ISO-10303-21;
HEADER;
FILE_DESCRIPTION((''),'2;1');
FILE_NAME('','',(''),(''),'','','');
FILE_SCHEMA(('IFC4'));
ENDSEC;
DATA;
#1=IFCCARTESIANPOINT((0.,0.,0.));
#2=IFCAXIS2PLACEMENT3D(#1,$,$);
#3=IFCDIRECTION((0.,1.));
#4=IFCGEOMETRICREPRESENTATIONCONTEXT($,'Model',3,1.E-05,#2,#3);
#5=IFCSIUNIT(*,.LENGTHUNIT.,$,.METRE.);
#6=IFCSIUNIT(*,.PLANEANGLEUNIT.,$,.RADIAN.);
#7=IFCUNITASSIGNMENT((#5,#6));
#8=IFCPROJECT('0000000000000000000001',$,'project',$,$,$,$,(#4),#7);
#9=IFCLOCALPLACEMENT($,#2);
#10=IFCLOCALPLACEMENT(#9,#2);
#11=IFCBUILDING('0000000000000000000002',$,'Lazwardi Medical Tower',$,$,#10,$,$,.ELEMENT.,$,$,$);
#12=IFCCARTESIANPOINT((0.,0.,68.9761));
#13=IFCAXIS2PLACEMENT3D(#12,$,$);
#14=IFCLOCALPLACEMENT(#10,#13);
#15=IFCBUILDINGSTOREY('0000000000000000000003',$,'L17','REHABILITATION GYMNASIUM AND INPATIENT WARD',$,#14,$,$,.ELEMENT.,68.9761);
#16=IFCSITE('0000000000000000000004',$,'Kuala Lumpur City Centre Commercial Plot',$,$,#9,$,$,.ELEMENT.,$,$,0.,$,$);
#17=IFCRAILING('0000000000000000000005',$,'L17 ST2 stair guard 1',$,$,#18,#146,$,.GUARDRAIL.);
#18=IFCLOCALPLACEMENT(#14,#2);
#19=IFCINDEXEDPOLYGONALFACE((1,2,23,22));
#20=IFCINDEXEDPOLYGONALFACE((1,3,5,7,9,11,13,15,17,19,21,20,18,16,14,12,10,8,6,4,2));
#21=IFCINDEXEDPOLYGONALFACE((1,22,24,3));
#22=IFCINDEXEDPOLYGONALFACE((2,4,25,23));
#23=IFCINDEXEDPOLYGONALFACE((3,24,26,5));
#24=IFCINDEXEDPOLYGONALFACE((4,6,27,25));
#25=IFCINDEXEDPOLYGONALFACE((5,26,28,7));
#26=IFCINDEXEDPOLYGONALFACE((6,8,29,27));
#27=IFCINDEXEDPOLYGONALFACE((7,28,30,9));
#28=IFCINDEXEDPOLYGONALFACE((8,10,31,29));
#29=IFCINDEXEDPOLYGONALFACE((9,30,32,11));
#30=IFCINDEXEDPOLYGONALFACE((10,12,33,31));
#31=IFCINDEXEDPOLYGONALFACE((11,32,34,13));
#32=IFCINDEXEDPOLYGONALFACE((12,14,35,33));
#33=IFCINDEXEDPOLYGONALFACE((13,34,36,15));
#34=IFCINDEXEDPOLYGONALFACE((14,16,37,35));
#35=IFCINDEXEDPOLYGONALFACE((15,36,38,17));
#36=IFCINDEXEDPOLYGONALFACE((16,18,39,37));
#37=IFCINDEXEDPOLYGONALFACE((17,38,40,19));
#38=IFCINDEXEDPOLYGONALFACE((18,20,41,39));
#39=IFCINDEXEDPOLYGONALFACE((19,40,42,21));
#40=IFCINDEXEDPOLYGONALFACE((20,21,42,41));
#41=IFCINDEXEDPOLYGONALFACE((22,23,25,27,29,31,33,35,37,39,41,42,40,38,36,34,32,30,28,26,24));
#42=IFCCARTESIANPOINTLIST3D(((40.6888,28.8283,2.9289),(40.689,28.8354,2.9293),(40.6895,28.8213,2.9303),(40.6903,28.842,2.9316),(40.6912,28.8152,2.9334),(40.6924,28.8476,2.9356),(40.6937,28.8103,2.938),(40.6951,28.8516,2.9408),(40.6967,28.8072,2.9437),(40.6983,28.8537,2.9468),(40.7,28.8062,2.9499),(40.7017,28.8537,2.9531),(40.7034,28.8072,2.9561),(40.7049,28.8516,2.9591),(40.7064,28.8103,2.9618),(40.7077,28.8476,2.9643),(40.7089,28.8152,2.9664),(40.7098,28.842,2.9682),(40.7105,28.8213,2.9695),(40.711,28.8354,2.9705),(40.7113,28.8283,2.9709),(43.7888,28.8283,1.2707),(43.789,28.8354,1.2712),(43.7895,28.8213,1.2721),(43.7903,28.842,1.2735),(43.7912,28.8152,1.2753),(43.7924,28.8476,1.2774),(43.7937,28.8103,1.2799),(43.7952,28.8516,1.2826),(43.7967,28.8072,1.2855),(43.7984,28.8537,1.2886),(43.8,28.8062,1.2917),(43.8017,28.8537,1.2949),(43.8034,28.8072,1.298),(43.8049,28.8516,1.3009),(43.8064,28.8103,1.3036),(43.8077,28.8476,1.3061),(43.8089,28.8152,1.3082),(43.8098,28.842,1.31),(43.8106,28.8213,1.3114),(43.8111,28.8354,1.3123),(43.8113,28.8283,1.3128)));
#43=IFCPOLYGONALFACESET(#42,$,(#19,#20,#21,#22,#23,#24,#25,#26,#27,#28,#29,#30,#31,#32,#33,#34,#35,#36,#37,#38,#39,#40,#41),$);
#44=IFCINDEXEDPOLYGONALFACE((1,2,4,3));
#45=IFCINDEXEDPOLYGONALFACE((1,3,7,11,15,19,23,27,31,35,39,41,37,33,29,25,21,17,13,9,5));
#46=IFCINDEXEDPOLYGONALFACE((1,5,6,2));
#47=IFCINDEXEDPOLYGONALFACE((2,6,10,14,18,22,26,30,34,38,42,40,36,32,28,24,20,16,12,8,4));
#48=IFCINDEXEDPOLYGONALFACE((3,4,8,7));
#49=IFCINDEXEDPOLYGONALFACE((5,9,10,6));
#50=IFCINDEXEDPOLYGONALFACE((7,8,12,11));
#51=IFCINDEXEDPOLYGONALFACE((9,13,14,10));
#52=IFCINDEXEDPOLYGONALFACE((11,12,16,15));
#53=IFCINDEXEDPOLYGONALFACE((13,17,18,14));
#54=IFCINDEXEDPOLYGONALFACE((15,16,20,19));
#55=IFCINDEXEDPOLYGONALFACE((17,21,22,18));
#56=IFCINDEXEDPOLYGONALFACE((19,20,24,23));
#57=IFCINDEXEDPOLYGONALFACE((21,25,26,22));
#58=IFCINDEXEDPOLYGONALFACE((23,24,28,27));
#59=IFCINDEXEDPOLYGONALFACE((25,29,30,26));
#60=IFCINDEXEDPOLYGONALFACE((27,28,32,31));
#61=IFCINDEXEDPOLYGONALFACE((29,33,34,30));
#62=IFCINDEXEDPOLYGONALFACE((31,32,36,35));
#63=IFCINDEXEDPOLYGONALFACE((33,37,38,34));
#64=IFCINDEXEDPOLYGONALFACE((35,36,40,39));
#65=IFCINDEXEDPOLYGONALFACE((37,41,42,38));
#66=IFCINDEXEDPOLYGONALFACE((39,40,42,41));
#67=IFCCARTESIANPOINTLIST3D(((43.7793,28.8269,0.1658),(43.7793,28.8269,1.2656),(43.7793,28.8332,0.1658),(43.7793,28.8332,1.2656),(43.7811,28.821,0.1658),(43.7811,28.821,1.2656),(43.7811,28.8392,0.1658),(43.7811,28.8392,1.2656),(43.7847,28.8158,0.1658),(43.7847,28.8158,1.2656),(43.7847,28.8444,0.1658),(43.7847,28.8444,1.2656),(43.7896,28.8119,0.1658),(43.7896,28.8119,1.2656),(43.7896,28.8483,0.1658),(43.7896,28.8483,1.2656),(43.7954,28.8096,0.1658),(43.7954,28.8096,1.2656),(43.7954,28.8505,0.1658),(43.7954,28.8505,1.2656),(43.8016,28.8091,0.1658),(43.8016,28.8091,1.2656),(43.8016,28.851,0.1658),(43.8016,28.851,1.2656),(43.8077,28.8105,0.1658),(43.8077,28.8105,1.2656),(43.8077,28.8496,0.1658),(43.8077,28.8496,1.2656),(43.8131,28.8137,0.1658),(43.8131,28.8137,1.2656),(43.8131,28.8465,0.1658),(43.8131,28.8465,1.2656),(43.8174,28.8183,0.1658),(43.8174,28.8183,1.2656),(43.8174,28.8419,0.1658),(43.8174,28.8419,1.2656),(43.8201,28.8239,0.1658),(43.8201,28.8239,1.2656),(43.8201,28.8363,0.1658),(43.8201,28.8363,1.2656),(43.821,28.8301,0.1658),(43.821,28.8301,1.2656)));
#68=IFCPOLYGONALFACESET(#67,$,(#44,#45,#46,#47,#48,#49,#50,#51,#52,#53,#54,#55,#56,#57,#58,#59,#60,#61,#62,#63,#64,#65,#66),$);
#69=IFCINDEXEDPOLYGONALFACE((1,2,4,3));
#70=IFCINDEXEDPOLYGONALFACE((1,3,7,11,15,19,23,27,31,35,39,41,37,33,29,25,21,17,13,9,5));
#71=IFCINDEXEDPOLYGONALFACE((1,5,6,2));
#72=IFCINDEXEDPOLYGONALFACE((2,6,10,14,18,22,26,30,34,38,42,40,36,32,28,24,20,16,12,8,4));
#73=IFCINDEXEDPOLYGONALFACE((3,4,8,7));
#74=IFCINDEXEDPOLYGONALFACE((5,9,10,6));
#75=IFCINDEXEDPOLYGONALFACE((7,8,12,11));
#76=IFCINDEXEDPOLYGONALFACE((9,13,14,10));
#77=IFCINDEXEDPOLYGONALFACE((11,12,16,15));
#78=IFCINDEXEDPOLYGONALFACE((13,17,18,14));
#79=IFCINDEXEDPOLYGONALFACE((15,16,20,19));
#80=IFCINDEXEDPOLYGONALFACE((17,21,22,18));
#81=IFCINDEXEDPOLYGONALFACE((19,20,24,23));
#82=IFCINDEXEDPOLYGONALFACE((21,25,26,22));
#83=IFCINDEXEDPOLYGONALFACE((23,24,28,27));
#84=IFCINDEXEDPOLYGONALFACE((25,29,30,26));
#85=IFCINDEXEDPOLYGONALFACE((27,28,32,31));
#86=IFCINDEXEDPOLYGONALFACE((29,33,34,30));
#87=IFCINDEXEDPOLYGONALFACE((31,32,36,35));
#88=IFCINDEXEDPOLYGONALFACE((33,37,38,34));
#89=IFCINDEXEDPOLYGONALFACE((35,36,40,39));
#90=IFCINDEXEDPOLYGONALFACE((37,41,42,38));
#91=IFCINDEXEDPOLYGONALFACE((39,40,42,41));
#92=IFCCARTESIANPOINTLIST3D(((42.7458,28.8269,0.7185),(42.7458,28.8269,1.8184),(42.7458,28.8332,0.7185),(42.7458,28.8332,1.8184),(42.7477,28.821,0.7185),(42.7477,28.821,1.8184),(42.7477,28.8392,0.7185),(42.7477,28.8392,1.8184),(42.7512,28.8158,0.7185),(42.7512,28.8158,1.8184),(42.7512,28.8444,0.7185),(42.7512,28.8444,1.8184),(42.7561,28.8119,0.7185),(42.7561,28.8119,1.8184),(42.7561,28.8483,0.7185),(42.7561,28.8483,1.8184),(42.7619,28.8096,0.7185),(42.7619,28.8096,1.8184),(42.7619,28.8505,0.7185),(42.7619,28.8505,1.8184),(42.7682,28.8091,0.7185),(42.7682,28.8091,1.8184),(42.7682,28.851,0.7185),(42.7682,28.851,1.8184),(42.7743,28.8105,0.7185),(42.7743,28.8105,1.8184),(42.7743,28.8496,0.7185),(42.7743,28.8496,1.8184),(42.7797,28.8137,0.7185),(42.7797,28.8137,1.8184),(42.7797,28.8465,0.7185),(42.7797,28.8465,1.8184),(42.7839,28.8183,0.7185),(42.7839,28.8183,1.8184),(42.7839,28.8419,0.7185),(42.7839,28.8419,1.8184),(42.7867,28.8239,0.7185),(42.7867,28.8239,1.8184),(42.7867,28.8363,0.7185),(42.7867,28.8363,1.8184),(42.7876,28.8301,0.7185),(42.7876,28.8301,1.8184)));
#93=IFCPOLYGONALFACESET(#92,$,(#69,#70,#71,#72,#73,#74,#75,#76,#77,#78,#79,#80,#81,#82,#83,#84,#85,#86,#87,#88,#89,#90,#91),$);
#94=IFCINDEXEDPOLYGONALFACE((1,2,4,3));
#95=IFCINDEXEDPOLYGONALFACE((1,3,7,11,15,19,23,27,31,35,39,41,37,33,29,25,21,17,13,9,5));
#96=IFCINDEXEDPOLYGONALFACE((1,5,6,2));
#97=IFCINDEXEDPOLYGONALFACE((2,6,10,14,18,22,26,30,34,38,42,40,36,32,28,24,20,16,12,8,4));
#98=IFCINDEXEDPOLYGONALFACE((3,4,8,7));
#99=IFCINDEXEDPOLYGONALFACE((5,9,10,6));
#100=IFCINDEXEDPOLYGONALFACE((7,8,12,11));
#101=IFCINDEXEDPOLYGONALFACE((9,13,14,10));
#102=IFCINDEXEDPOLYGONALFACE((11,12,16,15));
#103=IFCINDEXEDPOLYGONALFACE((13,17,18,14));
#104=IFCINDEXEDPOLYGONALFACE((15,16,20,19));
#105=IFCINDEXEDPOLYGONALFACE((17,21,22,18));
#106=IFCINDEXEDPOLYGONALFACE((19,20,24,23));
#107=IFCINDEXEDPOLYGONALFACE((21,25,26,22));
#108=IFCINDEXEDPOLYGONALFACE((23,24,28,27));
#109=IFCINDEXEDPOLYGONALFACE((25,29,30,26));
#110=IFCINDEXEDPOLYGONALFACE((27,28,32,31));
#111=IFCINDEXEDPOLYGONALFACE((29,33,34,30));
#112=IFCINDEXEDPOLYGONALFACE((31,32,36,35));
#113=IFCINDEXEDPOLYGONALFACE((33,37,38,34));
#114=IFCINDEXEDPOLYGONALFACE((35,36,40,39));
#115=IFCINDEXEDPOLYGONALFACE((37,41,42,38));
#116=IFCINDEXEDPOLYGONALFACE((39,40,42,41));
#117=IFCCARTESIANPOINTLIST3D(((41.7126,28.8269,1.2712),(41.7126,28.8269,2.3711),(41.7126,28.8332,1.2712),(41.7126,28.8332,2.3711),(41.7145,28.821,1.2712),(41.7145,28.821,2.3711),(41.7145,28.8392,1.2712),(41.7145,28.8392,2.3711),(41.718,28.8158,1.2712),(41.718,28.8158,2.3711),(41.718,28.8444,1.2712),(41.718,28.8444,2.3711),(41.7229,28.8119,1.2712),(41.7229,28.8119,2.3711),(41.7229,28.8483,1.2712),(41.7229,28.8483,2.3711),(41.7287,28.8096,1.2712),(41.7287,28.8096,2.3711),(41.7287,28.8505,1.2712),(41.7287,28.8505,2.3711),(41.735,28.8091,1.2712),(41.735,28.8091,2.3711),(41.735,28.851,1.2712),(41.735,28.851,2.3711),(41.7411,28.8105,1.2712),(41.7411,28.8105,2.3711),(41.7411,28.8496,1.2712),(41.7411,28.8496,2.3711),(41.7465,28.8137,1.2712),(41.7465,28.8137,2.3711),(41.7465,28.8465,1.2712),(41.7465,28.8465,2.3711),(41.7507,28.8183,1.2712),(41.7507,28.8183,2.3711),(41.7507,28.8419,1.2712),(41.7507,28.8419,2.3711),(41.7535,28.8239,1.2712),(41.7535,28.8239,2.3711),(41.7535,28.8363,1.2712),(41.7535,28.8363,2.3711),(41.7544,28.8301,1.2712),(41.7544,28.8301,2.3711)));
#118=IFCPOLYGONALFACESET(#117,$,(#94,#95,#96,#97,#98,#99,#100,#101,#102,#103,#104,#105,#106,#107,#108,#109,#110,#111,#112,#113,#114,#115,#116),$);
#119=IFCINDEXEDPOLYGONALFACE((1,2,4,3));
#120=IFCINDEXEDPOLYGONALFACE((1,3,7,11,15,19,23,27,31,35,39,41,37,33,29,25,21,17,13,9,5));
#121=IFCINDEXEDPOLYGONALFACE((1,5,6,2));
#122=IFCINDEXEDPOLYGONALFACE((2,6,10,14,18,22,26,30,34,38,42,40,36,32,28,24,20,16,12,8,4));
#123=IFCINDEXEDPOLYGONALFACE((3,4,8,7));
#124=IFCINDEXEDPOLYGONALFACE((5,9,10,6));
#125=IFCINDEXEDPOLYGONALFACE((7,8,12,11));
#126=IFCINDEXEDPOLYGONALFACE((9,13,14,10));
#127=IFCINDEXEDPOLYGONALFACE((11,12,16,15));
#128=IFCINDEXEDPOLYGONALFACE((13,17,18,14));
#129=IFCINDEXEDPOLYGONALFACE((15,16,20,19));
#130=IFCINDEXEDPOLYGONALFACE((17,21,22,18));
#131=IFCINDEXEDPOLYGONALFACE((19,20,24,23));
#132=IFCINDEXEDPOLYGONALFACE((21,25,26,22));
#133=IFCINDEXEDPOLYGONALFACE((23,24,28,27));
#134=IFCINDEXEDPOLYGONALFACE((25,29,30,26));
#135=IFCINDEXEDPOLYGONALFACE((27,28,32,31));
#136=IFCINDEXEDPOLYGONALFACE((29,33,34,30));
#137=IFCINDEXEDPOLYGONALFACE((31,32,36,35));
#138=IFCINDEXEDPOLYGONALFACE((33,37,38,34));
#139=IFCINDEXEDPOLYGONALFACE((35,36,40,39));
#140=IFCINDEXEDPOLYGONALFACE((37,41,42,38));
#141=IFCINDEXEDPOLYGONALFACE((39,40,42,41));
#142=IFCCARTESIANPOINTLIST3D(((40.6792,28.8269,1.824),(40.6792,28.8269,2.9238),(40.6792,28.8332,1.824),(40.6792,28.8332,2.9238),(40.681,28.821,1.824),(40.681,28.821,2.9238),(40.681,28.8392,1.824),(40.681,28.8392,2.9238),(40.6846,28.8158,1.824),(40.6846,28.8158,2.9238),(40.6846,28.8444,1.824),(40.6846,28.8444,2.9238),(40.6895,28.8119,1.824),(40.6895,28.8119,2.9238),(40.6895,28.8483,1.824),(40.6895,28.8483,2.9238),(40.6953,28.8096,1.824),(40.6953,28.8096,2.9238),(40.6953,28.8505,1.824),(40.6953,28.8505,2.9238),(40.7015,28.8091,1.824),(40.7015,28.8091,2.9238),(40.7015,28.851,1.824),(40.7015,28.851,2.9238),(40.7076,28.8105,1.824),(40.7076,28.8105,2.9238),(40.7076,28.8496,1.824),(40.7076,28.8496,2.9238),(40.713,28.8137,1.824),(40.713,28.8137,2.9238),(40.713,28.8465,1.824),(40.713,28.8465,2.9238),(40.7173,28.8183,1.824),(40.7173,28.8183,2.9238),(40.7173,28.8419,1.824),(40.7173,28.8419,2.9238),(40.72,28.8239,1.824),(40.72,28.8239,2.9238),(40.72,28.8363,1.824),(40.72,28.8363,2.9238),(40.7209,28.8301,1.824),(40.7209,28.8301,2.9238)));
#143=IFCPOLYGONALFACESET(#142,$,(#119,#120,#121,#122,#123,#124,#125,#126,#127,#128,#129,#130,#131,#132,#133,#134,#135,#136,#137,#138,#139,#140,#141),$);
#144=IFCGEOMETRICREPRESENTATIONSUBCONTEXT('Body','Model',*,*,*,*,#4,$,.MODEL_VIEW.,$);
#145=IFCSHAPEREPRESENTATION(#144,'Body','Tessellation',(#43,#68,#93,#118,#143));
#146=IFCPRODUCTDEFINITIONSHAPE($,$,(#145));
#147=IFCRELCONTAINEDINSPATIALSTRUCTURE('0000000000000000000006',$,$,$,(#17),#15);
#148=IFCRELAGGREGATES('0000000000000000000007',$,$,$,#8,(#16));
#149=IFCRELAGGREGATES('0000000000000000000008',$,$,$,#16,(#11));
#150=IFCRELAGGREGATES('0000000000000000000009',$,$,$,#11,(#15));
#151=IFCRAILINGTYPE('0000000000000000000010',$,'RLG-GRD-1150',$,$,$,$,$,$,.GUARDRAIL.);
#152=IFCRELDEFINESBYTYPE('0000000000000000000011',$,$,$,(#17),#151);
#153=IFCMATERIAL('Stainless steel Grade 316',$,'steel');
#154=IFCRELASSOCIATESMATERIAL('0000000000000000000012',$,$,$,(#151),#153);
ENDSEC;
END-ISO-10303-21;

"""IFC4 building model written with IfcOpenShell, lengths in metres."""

from ifc_helpers import new_model, si_unit, direction, frame, origin, origin_2d, place, context, subcontext, project, spatial, circle, extrude, material, type_object, element, save


model = new_model("IFC4")

# Units and contexts
model_context = context("Model", 3, precision=1e-05, world=origin(), true_north=direction((0.0, 1.0)))
body_context = subcontext(model_context, "Body", "Model", "MODEL_VIEW")
ifc_project = project(units=[si_unit("LENGTHUNIT", "METRE"), si_unit("PLANEANGLEUNIT", "RADIAN")], contexts=[model_context])

# Site, building, storey
site_placement = place(None, origin())
site = spatial("IfcSite", under=ifc_project, at=site_placement, Name="Kuala Lumpur City Centre Commercial Plot", CompositionType="ELEMENT", RefElevation=0.0)
building_placement = place(site_placement, origin())
building = spatial("IfcBuilding", under=site, at=building_placement, Name="Lazwardi Medical Tower", CompositionType="ELEMENT")
storey_placement = place(building_placement, frame((0.0, 0.0, 68.9761)))
storey = spatial("IfcBuildingStorey", under=building, at=storey_placement, Name="L17", Description="REHABILITATION GYMNASIUM AND INPATIENT WARD", CompositionType="ELEMENT", Elevation=68.9761)

# Railing
ifc_material_1 = material(Name="Stainless steel Grade 316", Category="steel")
railing_type_1 = type_object("IfcRailingType", Name="RLG-GRD-1150", PredefinedType="GUARDRAIL", material=ifc_material_1)
railing_1_placement = place(storey_placement, frame((43.8, 28.8301, 0.1658)))
element("IfcRailing", 1, at=railing_1_placement, inside=storey, type_object=railing_type_1, Name="L17 ST2 stair guard 1", PredefinedType="GUARDRAIL", context=body_context, shape_type="SweptSolid", body=[
    extrude(circle(Radius=0.0239, at=origin_2d()), frame((0.0, 0.0, 1.126), z_axis=(-0.881783, 0.0, 0.471655), x_axis=(0.0, -1.0, 0.0)), (0.0, 0.0, 1.0), 3.5156),
    extrude(circle(Radius=0.021, at=origin_2d()), origin(), (0.0, 0.0, 1.0), 1.0999),
    extrude(circle(Radius=0.021, at=origin_2d()), frame((-1.0334, 0.0, 0.5527)), (0.0, 0.0, 1.0), 1.0999),
    extrude(circle(Radius=0.021, at=origin_2d()), frame((-2.0667, 0.0, 1.1055)), (0.0, 0.0, 1.0), 1.0999),
    extrude(circle(Radius=0.021, at=origin_2d()), frame((-3.1001, 0.0, 1.6582)), (0.0, 0.0, 1.0), 1.0999),
])

save(model, "model.ifc")
